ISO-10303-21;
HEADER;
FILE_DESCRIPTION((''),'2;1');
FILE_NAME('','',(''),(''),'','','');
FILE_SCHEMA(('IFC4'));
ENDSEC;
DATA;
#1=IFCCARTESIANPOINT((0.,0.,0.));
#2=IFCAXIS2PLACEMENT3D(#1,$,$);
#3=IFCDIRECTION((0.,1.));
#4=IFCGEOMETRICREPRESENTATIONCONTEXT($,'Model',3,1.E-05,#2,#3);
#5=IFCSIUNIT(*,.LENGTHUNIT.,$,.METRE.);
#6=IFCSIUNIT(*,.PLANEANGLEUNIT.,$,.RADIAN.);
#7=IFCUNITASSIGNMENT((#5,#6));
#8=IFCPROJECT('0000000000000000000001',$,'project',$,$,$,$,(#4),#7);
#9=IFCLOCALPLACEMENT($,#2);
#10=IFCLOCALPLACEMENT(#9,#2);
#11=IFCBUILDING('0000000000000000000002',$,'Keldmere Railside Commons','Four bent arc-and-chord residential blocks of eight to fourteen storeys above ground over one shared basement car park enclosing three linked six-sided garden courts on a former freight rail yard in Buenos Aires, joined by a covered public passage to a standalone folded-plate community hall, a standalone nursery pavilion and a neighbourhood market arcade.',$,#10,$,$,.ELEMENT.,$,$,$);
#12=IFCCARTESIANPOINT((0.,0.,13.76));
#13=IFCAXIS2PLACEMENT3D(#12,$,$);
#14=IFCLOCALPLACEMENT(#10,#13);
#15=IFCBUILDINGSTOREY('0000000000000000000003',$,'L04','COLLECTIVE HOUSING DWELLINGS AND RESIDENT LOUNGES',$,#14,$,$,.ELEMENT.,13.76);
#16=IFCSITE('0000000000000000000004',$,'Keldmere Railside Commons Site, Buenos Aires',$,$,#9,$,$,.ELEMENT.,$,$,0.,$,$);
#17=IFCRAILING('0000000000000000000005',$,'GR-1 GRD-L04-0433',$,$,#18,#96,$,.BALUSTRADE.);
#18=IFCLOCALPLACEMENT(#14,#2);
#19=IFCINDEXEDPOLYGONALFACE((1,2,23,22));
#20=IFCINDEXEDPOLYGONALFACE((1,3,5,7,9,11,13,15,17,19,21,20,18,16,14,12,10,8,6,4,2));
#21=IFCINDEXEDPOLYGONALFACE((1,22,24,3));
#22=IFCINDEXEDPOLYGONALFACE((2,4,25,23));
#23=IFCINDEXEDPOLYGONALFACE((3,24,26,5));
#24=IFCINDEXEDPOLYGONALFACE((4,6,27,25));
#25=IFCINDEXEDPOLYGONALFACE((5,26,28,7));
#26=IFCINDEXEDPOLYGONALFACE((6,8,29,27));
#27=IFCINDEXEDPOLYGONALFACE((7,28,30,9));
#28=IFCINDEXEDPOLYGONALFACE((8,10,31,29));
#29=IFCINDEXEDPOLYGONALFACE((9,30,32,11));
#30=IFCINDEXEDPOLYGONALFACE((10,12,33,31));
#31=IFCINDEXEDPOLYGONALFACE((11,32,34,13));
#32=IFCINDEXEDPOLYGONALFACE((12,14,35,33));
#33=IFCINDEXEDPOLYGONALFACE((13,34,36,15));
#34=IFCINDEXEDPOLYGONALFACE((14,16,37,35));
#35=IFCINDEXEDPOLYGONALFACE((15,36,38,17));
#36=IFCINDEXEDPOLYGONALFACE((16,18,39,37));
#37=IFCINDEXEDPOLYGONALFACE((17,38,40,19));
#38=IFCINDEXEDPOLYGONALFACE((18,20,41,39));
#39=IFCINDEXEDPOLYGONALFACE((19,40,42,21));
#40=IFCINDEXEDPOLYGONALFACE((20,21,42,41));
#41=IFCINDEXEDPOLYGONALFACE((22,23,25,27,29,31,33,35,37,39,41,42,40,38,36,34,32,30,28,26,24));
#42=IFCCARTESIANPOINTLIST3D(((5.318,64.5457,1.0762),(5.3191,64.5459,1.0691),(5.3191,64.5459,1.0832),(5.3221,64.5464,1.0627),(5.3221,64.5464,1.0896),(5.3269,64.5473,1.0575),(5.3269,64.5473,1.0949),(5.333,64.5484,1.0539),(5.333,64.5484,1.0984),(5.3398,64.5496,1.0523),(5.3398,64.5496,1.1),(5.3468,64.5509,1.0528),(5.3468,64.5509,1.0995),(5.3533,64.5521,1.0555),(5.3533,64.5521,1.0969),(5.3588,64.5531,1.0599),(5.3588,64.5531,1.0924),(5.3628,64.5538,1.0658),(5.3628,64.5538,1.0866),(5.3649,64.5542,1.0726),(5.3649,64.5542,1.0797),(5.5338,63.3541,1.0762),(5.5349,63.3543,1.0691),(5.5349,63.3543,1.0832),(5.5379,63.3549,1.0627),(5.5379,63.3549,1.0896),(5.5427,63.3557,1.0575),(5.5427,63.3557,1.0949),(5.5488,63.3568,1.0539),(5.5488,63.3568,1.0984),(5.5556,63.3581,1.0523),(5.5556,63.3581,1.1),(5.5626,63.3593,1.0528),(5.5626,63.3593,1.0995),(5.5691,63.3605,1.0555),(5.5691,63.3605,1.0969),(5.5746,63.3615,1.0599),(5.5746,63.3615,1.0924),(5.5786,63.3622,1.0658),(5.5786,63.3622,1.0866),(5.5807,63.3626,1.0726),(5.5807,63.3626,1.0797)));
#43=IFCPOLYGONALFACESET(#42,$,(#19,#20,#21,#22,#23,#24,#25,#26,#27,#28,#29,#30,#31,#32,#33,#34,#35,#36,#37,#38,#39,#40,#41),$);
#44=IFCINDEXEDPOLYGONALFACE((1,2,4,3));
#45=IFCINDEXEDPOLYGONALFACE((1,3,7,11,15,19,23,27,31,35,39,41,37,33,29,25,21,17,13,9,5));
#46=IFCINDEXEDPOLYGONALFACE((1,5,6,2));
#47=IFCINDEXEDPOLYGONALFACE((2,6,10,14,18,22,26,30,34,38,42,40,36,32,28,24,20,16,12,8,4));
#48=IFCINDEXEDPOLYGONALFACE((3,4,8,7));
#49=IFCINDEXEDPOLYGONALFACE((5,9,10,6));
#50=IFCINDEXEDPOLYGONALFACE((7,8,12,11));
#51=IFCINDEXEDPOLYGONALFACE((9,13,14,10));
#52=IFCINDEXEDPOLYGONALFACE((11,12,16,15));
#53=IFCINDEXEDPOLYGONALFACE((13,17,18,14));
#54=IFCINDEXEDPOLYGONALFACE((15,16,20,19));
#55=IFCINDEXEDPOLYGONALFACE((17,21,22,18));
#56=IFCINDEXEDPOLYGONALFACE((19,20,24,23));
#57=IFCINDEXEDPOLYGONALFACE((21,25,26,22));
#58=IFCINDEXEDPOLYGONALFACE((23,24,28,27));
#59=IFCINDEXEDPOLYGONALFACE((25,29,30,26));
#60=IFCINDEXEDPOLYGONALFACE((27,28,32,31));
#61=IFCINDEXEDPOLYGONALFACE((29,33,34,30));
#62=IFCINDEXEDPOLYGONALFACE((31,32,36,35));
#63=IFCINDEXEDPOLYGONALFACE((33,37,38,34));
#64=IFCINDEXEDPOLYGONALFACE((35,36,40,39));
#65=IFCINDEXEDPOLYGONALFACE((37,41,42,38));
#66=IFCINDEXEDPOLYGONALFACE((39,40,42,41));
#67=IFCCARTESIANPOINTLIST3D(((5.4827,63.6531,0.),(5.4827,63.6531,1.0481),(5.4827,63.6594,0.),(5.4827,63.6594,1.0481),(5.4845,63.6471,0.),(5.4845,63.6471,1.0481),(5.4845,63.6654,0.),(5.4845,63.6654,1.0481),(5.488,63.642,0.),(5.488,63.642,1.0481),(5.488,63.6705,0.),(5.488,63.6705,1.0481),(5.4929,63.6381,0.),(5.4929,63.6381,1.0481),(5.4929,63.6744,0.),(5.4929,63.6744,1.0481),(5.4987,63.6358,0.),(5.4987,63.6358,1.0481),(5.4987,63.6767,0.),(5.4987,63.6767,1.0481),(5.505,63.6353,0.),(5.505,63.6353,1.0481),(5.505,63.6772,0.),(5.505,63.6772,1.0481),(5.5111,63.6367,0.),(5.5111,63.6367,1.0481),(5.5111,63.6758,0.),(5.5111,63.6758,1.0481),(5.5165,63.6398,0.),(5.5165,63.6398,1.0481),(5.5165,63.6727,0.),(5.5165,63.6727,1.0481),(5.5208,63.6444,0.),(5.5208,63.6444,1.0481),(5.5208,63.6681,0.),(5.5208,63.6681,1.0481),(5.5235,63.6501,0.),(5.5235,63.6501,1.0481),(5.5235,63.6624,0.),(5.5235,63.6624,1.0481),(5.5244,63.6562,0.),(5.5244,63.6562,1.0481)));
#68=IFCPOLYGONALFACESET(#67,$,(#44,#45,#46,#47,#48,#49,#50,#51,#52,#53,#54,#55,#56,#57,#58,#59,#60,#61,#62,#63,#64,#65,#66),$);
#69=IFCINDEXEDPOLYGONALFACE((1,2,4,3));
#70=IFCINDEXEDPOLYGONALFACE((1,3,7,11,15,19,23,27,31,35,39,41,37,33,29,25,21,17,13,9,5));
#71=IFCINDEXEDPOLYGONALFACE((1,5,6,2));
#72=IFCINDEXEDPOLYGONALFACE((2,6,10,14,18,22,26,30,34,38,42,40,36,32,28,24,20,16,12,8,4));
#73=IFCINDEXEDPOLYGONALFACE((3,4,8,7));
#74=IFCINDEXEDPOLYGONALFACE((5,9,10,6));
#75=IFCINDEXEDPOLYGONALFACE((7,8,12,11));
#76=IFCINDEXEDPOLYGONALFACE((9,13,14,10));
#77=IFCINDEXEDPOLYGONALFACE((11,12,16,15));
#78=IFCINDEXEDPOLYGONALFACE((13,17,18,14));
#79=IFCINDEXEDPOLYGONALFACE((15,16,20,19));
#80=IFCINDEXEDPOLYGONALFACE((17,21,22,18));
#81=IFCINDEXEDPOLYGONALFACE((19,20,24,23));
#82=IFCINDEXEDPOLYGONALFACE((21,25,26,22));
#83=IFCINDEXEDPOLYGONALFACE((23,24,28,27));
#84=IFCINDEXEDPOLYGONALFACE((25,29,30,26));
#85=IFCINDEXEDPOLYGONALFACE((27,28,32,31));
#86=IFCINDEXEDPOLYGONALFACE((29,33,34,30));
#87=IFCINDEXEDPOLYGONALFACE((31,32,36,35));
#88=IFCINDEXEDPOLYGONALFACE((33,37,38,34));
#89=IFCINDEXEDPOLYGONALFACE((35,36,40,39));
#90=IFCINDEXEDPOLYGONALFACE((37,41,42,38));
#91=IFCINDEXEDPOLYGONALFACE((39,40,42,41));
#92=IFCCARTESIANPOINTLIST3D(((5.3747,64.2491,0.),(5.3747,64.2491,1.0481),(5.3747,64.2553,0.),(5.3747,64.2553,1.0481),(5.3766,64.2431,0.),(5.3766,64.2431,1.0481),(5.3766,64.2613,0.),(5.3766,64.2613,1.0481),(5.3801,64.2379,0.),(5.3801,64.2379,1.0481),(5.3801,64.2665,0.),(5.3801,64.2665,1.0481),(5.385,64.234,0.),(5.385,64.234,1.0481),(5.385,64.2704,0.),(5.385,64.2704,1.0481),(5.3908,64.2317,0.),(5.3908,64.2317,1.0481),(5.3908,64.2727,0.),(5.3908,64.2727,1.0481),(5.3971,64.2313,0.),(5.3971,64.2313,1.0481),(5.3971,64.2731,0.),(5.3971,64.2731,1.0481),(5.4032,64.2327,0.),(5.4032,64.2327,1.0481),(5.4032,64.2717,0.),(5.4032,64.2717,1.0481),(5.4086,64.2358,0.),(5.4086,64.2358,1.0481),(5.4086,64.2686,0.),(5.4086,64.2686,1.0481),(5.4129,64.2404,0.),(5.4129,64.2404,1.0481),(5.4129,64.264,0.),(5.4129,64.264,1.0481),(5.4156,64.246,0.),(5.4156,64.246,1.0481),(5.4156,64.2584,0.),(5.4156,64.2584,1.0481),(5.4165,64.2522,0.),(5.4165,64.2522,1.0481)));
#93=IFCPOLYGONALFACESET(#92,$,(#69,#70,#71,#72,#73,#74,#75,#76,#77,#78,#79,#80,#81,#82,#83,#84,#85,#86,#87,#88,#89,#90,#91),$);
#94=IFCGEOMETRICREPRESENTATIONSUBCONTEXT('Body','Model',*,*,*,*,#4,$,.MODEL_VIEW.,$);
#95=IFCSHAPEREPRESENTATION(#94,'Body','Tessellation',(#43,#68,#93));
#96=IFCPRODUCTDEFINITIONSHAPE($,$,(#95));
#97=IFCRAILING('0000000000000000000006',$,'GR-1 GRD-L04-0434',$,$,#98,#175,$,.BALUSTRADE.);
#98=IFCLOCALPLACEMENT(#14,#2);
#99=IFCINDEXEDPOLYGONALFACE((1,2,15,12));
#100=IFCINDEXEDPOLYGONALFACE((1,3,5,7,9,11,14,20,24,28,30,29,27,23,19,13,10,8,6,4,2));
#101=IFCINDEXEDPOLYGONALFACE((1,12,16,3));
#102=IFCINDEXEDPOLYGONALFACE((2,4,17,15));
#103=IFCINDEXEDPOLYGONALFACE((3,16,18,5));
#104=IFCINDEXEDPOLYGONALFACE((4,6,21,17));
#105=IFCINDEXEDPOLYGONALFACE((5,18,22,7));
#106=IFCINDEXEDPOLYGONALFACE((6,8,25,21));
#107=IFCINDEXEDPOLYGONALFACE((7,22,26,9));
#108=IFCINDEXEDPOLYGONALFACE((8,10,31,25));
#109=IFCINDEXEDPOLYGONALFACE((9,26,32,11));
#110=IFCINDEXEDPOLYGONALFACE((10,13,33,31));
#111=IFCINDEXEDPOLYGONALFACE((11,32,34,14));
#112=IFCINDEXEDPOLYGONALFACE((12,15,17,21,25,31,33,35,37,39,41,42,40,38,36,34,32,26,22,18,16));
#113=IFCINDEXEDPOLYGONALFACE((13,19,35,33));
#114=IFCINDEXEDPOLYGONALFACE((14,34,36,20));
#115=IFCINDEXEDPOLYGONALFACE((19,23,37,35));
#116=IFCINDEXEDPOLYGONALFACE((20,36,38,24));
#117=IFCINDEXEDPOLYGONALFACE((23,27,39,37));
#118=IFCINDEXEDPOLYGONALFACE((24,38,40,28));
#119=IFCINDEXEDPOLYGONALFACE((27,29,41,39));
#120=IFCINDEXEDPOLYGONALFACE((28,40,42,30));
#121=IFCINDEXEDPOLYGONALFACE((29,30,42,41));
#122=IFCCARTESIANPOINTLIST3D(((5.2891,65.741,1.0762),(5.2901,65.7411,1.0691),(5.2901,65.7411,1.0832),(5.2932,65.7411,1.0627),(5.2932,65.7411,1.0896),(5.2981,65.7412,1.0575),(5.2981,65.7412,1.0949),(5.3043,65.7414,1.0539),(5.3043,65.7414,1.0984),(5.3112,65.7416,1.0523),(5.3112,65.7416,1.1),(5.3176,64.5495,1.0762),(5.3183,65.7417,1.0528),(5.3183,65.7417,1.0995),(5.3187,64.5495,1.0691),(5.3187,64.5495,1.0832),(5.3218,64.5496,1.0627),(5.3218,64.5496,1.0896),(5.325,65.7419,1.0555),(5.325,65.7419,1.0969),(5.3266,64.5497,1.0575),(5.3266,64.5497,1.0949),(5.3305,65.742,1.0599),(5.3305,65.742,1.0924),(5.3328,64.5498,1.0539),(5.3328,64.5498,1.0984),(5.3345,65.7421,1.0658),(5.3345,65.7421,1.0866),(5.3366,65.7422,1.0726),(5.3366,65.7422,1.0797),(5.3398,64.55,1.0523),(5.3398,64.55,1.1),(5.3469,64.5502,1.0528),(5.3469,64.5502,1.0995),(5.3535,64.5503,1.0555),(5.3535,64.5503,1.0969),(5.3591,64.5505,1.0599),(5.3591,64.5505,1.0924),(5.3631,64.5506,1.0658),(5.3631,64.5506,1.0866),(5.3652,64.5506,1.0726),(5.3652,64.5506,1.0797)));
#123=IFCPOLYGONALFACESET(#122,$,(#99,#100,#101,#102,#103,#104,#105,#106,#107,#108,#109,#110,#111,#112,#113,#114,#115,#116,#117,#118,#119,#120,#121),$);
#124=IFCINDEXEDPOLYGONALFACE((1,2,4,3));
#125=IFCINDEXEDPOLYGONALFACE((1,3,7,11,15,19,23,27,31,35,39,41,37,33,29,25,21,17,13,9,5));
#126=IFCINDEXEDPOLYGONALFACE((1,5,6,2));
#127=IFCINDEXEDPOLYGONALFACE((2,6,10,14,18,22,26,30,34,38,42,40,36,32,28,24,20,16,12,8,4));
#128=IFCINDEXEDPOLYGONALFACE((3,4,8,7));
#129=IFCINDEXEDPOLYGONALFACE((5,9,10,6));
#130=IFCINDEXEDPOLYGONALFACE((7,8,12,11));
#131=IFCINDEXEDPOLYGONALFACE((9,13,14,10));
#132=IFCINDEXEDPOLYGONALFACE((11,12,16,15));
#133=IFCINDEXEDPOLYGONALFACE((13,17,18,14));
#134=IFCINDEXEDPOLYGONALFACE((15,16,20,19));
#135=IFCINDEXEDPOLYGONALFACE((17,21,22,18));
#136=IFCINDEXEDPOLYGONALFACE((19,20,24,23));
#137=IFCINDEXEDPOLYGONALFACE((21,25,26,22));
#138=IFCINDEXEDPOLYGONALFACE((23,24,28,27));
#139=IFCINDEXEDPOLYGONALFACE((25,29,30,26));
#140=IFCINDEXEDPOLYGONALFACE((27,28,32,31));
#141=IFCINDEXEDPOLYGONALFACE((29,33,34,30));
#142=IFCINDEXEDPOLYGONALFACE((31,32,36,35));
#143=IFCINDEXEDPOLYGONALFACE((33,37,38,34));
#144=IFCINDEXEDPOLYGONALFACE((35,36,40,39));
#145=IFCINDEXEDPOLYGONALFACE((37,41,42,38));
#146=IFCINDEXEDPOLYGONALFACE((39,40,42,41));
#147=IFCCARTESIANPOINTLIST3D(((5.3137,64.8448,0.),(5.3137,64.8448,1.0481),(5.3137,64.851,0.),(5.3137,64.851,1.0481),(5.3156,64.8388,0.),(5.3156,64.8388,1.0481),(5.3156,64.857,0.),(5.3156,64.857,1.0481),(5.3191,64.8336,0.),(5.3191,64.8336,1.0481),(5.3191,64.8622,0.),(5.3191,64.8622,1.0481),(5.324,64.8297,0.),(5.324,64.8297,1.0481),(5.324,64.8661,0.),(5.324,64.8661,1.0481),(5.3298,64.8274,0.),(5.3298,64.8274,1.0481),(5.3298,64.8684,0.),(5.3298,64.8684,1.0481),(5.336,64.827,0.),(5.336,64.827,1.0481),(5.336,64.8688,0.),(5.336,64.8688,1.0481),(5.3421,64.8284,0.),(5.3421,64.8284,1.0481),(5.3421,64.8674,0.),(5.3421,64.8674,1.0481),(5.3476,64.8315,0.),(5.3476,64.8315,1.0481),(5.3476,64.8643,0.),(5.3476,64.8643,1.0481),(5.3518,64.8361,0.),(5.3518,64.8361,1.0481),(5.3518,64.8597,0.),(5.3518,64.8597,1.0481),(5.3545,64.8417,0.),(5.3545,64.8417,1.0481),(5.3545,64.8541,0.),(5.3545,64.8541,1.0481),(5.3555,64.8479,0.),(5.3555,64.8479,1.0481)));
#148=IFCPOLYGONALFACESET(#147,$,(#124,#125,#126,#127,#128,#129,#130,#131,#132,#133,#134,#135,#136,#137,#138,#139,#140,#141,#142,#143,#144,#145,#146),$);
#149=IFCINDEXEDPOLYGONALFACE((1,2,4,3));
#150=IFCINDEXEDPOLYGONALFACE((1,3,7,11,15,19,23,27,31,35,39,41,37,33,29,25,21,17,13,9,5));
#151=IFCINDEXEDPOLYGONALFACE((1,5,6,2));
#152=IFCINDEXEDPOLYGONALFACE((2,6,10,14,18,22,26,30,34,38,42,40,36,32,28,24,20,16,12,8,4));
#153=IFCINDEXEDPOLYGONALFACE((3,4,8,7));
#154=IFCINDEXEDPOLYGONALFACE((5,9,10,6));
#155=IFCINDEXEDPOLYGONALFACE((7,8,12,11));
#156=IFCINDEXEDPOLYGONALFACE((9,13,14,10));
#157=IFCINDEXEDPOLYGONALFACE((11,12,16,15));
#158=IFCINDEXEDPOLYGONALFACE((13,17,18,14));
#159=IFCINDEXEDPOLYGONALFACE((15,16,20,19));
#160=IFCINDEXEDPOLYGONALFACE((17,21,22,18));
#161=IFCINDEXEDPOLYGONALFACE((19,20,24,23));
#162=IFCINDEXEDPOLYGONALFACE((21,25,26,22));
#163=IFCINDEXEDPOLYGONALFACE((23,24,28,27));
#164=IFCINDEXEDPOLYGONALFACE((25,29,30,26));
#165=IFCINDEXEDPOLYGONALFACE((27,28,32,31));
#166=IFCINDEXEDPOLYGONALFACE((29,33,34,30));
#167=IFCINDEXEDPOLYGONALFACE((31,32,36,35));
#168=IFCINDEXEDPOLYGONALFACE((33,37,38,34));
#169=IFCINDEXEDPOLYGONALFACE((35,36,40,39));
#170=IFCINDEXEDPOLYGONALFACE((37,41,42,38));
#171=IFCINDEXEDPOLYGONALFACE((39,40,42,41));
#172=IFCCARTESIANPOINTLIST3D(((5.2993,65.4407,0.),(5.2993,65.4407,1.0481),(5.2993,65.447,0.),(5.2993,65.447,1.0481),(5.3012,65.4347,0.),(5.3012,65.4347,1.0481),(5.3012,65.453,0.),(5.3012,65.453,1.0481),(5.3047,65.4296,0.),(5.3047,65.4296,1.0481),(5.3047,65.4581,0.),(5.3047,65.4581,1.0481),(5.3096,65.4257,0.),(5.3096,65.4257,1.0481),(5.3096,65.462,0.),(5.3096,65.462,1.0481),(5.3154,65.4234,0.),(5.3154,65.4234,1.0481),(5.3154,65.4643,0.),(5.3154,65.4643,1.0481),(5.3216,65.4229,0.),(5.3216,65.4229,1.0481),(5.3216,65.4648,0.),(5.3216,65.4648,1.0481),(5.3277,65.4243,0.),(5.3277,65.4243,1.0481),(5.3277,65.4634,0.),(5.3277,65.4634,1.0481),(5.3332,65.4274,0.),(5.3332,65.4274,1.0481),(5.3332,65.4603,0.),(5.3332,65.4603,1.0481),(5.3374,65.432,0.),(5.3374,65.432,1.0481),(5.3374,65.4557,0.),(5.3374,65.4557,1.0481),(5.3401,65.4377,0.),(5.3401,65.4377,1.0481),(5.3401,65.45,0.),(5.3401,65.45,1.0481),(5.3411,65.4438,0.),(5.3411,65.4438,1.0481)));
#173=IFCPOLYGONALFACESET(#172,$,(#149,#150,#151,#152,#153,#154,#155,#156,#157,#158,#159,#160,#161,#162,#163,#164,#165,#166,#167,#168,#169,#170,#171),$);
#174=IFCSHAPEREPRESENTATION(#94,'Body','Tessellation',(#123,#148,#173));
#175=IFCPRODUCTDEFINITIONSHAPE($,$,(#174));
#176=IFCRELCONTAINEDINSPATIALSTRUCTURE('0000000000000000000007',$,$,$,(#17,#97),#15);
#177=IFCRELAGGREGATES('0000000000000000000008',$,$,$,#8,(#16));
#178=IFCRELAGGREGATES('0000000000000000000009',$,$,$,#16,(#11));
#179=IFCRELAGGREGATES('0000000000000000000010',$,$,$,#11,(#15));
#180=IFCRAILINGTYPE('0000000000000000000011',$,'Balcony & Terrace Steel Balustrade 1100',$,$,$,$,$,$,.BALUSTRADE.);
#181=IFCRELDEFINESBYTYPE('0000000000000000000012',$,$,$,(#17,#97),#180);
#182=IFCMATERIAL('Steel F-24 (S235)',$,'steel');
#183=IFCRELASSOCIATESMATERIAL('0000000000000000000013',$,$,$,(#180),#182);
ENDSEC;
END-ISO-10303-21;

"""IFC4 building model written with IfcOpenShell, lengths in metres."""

from ifc_helpers import new_model, si_unit, direction, frame, origin, origin_2d, place, context, subcontext, project, spatial, circle, extrude, material, type_object, element, save


model = new_model("IFC4")

# Units and contexts
model_context = context("Model", 3, precision=1e-05, world=origin(), true_north=direction((0.0, 1.0)))
body_context = subcontext(model_context, "Body", "Model", "MODEL_VIEW")
ifc_project = project(units=[si_unit("LENGTHUNIT", "METRE"), si_unit("PLANEANGLEUNIT", "RADIAN")], contexts=[model_context])

# Site, building, storey
site_placement = place(None, origin())
site = spatial("IfcSite", under=ifc_project, at=site_placement, Name="Keldmere Railside Commons Site, Buenos Aires", CompositionType="ELEMENT", RefElevation=0.0)
building_placement = place(site_placement, origin())
building = spatial("IfcBuilding", under=site, at=building_placement, Name="Keldmere Railside Commons", Description="Four bent arc-and-chord residential blocks of eight to fourteen storeys above ground over one shared basement car park enclosing three linked six-sided garden courts on a former freight rail yard in Buenos Aires, joined by a covered public passage to a standalone folded-plate community hall, a standalone nursery pavilion and a neighbourhood market arcade.", CompositionType="ELEMENT")
storey_placement = place(building_placement, frame((0.0, 0.0, 13.76)))
storey = spatial("IfcBuildingStorey", under=building, at=storey_placement, Name="L04", Description="COLLECTIVE HOUSING DWELLINGS AND RESIDENT LOUNGES", CompositionType="ELEMENT", Elevation=13.76)

# Railings
ifc_material_1 = material(Name="Steel F-24 (S235)", Category="steel")
railing_type_1 = type_object("IfcRailingType", Name="Balcony & Terrace Steel Balustrade 1100", PredefinedType="BALUSTRADE", material=ifc_material_1)
railing_1_placement = place(storey_placement, frame((5.5574, 63.3584, 0.0)))
element("IfcRailing", 1, at=railing_1_placement, inside=storey, type_object=railing_type_1, Name="GR-1 GRD-L04-0433", PredefinedType="BALUSTRADE", context=body_context, shape_type="SweptSolid", body=[
    extrude(circle(Radius=0.0239, at=origin_2d()), frame((0.0, 0.0, 1.0762), z_axis=(-0.178211, 0.983992, 0.0), x_axis=(-0.983992, -0.178211, 0.0)), (0.0, 0.0, 1.0), 1.2109),
    extrude(circle(Radius=0.021, at=origin_2d()), frame((-0.054, 0.2979, 0.0)), (0.0, 0.0, 1.0), 1.0481),
    extrude(circle(Radius=0.021, at=origin_2d()), frame((-0.1619, 0.8938, 0.0)), (0.0, 0.0, 1.0), 1.0481),
])
railing_2_placement = place(storey_placement, frame((5.3416, 64.55, 0.0)))
element("IfcRailing", 2, at=railing_2_placement, inside=storey, type_object=railing_type_1, Name="GR-1 GRD-L04-0434", PredefinedType="BALUSTRADE", context=body_context, shape_type="SweptSolid", body=[
    extrude(circle(Radius=0.0239, at=origin_2d()), frame((0.0, 0.0, 1.0762), z_axis=(-0.023964, 0.999713, 0.0), x_axis=(-0.999713, -0.023964, 0.0)), (0.0, 0.0, 1.0), 1.1919),
    extrude(circle(Radius=0.021, at=origin_2d()), frame((-0.0071, 0.2979, 0.0)), (0.0, 0.0, 1.0), 1.0481),
    extrude(circle(Radius=0.021, at=origin_2d()), frame((-0.0215, 0.8938, 0.0)), (0.0, 0.0, 1.0), 1.0481),
])

save(model, "model.ifc")
